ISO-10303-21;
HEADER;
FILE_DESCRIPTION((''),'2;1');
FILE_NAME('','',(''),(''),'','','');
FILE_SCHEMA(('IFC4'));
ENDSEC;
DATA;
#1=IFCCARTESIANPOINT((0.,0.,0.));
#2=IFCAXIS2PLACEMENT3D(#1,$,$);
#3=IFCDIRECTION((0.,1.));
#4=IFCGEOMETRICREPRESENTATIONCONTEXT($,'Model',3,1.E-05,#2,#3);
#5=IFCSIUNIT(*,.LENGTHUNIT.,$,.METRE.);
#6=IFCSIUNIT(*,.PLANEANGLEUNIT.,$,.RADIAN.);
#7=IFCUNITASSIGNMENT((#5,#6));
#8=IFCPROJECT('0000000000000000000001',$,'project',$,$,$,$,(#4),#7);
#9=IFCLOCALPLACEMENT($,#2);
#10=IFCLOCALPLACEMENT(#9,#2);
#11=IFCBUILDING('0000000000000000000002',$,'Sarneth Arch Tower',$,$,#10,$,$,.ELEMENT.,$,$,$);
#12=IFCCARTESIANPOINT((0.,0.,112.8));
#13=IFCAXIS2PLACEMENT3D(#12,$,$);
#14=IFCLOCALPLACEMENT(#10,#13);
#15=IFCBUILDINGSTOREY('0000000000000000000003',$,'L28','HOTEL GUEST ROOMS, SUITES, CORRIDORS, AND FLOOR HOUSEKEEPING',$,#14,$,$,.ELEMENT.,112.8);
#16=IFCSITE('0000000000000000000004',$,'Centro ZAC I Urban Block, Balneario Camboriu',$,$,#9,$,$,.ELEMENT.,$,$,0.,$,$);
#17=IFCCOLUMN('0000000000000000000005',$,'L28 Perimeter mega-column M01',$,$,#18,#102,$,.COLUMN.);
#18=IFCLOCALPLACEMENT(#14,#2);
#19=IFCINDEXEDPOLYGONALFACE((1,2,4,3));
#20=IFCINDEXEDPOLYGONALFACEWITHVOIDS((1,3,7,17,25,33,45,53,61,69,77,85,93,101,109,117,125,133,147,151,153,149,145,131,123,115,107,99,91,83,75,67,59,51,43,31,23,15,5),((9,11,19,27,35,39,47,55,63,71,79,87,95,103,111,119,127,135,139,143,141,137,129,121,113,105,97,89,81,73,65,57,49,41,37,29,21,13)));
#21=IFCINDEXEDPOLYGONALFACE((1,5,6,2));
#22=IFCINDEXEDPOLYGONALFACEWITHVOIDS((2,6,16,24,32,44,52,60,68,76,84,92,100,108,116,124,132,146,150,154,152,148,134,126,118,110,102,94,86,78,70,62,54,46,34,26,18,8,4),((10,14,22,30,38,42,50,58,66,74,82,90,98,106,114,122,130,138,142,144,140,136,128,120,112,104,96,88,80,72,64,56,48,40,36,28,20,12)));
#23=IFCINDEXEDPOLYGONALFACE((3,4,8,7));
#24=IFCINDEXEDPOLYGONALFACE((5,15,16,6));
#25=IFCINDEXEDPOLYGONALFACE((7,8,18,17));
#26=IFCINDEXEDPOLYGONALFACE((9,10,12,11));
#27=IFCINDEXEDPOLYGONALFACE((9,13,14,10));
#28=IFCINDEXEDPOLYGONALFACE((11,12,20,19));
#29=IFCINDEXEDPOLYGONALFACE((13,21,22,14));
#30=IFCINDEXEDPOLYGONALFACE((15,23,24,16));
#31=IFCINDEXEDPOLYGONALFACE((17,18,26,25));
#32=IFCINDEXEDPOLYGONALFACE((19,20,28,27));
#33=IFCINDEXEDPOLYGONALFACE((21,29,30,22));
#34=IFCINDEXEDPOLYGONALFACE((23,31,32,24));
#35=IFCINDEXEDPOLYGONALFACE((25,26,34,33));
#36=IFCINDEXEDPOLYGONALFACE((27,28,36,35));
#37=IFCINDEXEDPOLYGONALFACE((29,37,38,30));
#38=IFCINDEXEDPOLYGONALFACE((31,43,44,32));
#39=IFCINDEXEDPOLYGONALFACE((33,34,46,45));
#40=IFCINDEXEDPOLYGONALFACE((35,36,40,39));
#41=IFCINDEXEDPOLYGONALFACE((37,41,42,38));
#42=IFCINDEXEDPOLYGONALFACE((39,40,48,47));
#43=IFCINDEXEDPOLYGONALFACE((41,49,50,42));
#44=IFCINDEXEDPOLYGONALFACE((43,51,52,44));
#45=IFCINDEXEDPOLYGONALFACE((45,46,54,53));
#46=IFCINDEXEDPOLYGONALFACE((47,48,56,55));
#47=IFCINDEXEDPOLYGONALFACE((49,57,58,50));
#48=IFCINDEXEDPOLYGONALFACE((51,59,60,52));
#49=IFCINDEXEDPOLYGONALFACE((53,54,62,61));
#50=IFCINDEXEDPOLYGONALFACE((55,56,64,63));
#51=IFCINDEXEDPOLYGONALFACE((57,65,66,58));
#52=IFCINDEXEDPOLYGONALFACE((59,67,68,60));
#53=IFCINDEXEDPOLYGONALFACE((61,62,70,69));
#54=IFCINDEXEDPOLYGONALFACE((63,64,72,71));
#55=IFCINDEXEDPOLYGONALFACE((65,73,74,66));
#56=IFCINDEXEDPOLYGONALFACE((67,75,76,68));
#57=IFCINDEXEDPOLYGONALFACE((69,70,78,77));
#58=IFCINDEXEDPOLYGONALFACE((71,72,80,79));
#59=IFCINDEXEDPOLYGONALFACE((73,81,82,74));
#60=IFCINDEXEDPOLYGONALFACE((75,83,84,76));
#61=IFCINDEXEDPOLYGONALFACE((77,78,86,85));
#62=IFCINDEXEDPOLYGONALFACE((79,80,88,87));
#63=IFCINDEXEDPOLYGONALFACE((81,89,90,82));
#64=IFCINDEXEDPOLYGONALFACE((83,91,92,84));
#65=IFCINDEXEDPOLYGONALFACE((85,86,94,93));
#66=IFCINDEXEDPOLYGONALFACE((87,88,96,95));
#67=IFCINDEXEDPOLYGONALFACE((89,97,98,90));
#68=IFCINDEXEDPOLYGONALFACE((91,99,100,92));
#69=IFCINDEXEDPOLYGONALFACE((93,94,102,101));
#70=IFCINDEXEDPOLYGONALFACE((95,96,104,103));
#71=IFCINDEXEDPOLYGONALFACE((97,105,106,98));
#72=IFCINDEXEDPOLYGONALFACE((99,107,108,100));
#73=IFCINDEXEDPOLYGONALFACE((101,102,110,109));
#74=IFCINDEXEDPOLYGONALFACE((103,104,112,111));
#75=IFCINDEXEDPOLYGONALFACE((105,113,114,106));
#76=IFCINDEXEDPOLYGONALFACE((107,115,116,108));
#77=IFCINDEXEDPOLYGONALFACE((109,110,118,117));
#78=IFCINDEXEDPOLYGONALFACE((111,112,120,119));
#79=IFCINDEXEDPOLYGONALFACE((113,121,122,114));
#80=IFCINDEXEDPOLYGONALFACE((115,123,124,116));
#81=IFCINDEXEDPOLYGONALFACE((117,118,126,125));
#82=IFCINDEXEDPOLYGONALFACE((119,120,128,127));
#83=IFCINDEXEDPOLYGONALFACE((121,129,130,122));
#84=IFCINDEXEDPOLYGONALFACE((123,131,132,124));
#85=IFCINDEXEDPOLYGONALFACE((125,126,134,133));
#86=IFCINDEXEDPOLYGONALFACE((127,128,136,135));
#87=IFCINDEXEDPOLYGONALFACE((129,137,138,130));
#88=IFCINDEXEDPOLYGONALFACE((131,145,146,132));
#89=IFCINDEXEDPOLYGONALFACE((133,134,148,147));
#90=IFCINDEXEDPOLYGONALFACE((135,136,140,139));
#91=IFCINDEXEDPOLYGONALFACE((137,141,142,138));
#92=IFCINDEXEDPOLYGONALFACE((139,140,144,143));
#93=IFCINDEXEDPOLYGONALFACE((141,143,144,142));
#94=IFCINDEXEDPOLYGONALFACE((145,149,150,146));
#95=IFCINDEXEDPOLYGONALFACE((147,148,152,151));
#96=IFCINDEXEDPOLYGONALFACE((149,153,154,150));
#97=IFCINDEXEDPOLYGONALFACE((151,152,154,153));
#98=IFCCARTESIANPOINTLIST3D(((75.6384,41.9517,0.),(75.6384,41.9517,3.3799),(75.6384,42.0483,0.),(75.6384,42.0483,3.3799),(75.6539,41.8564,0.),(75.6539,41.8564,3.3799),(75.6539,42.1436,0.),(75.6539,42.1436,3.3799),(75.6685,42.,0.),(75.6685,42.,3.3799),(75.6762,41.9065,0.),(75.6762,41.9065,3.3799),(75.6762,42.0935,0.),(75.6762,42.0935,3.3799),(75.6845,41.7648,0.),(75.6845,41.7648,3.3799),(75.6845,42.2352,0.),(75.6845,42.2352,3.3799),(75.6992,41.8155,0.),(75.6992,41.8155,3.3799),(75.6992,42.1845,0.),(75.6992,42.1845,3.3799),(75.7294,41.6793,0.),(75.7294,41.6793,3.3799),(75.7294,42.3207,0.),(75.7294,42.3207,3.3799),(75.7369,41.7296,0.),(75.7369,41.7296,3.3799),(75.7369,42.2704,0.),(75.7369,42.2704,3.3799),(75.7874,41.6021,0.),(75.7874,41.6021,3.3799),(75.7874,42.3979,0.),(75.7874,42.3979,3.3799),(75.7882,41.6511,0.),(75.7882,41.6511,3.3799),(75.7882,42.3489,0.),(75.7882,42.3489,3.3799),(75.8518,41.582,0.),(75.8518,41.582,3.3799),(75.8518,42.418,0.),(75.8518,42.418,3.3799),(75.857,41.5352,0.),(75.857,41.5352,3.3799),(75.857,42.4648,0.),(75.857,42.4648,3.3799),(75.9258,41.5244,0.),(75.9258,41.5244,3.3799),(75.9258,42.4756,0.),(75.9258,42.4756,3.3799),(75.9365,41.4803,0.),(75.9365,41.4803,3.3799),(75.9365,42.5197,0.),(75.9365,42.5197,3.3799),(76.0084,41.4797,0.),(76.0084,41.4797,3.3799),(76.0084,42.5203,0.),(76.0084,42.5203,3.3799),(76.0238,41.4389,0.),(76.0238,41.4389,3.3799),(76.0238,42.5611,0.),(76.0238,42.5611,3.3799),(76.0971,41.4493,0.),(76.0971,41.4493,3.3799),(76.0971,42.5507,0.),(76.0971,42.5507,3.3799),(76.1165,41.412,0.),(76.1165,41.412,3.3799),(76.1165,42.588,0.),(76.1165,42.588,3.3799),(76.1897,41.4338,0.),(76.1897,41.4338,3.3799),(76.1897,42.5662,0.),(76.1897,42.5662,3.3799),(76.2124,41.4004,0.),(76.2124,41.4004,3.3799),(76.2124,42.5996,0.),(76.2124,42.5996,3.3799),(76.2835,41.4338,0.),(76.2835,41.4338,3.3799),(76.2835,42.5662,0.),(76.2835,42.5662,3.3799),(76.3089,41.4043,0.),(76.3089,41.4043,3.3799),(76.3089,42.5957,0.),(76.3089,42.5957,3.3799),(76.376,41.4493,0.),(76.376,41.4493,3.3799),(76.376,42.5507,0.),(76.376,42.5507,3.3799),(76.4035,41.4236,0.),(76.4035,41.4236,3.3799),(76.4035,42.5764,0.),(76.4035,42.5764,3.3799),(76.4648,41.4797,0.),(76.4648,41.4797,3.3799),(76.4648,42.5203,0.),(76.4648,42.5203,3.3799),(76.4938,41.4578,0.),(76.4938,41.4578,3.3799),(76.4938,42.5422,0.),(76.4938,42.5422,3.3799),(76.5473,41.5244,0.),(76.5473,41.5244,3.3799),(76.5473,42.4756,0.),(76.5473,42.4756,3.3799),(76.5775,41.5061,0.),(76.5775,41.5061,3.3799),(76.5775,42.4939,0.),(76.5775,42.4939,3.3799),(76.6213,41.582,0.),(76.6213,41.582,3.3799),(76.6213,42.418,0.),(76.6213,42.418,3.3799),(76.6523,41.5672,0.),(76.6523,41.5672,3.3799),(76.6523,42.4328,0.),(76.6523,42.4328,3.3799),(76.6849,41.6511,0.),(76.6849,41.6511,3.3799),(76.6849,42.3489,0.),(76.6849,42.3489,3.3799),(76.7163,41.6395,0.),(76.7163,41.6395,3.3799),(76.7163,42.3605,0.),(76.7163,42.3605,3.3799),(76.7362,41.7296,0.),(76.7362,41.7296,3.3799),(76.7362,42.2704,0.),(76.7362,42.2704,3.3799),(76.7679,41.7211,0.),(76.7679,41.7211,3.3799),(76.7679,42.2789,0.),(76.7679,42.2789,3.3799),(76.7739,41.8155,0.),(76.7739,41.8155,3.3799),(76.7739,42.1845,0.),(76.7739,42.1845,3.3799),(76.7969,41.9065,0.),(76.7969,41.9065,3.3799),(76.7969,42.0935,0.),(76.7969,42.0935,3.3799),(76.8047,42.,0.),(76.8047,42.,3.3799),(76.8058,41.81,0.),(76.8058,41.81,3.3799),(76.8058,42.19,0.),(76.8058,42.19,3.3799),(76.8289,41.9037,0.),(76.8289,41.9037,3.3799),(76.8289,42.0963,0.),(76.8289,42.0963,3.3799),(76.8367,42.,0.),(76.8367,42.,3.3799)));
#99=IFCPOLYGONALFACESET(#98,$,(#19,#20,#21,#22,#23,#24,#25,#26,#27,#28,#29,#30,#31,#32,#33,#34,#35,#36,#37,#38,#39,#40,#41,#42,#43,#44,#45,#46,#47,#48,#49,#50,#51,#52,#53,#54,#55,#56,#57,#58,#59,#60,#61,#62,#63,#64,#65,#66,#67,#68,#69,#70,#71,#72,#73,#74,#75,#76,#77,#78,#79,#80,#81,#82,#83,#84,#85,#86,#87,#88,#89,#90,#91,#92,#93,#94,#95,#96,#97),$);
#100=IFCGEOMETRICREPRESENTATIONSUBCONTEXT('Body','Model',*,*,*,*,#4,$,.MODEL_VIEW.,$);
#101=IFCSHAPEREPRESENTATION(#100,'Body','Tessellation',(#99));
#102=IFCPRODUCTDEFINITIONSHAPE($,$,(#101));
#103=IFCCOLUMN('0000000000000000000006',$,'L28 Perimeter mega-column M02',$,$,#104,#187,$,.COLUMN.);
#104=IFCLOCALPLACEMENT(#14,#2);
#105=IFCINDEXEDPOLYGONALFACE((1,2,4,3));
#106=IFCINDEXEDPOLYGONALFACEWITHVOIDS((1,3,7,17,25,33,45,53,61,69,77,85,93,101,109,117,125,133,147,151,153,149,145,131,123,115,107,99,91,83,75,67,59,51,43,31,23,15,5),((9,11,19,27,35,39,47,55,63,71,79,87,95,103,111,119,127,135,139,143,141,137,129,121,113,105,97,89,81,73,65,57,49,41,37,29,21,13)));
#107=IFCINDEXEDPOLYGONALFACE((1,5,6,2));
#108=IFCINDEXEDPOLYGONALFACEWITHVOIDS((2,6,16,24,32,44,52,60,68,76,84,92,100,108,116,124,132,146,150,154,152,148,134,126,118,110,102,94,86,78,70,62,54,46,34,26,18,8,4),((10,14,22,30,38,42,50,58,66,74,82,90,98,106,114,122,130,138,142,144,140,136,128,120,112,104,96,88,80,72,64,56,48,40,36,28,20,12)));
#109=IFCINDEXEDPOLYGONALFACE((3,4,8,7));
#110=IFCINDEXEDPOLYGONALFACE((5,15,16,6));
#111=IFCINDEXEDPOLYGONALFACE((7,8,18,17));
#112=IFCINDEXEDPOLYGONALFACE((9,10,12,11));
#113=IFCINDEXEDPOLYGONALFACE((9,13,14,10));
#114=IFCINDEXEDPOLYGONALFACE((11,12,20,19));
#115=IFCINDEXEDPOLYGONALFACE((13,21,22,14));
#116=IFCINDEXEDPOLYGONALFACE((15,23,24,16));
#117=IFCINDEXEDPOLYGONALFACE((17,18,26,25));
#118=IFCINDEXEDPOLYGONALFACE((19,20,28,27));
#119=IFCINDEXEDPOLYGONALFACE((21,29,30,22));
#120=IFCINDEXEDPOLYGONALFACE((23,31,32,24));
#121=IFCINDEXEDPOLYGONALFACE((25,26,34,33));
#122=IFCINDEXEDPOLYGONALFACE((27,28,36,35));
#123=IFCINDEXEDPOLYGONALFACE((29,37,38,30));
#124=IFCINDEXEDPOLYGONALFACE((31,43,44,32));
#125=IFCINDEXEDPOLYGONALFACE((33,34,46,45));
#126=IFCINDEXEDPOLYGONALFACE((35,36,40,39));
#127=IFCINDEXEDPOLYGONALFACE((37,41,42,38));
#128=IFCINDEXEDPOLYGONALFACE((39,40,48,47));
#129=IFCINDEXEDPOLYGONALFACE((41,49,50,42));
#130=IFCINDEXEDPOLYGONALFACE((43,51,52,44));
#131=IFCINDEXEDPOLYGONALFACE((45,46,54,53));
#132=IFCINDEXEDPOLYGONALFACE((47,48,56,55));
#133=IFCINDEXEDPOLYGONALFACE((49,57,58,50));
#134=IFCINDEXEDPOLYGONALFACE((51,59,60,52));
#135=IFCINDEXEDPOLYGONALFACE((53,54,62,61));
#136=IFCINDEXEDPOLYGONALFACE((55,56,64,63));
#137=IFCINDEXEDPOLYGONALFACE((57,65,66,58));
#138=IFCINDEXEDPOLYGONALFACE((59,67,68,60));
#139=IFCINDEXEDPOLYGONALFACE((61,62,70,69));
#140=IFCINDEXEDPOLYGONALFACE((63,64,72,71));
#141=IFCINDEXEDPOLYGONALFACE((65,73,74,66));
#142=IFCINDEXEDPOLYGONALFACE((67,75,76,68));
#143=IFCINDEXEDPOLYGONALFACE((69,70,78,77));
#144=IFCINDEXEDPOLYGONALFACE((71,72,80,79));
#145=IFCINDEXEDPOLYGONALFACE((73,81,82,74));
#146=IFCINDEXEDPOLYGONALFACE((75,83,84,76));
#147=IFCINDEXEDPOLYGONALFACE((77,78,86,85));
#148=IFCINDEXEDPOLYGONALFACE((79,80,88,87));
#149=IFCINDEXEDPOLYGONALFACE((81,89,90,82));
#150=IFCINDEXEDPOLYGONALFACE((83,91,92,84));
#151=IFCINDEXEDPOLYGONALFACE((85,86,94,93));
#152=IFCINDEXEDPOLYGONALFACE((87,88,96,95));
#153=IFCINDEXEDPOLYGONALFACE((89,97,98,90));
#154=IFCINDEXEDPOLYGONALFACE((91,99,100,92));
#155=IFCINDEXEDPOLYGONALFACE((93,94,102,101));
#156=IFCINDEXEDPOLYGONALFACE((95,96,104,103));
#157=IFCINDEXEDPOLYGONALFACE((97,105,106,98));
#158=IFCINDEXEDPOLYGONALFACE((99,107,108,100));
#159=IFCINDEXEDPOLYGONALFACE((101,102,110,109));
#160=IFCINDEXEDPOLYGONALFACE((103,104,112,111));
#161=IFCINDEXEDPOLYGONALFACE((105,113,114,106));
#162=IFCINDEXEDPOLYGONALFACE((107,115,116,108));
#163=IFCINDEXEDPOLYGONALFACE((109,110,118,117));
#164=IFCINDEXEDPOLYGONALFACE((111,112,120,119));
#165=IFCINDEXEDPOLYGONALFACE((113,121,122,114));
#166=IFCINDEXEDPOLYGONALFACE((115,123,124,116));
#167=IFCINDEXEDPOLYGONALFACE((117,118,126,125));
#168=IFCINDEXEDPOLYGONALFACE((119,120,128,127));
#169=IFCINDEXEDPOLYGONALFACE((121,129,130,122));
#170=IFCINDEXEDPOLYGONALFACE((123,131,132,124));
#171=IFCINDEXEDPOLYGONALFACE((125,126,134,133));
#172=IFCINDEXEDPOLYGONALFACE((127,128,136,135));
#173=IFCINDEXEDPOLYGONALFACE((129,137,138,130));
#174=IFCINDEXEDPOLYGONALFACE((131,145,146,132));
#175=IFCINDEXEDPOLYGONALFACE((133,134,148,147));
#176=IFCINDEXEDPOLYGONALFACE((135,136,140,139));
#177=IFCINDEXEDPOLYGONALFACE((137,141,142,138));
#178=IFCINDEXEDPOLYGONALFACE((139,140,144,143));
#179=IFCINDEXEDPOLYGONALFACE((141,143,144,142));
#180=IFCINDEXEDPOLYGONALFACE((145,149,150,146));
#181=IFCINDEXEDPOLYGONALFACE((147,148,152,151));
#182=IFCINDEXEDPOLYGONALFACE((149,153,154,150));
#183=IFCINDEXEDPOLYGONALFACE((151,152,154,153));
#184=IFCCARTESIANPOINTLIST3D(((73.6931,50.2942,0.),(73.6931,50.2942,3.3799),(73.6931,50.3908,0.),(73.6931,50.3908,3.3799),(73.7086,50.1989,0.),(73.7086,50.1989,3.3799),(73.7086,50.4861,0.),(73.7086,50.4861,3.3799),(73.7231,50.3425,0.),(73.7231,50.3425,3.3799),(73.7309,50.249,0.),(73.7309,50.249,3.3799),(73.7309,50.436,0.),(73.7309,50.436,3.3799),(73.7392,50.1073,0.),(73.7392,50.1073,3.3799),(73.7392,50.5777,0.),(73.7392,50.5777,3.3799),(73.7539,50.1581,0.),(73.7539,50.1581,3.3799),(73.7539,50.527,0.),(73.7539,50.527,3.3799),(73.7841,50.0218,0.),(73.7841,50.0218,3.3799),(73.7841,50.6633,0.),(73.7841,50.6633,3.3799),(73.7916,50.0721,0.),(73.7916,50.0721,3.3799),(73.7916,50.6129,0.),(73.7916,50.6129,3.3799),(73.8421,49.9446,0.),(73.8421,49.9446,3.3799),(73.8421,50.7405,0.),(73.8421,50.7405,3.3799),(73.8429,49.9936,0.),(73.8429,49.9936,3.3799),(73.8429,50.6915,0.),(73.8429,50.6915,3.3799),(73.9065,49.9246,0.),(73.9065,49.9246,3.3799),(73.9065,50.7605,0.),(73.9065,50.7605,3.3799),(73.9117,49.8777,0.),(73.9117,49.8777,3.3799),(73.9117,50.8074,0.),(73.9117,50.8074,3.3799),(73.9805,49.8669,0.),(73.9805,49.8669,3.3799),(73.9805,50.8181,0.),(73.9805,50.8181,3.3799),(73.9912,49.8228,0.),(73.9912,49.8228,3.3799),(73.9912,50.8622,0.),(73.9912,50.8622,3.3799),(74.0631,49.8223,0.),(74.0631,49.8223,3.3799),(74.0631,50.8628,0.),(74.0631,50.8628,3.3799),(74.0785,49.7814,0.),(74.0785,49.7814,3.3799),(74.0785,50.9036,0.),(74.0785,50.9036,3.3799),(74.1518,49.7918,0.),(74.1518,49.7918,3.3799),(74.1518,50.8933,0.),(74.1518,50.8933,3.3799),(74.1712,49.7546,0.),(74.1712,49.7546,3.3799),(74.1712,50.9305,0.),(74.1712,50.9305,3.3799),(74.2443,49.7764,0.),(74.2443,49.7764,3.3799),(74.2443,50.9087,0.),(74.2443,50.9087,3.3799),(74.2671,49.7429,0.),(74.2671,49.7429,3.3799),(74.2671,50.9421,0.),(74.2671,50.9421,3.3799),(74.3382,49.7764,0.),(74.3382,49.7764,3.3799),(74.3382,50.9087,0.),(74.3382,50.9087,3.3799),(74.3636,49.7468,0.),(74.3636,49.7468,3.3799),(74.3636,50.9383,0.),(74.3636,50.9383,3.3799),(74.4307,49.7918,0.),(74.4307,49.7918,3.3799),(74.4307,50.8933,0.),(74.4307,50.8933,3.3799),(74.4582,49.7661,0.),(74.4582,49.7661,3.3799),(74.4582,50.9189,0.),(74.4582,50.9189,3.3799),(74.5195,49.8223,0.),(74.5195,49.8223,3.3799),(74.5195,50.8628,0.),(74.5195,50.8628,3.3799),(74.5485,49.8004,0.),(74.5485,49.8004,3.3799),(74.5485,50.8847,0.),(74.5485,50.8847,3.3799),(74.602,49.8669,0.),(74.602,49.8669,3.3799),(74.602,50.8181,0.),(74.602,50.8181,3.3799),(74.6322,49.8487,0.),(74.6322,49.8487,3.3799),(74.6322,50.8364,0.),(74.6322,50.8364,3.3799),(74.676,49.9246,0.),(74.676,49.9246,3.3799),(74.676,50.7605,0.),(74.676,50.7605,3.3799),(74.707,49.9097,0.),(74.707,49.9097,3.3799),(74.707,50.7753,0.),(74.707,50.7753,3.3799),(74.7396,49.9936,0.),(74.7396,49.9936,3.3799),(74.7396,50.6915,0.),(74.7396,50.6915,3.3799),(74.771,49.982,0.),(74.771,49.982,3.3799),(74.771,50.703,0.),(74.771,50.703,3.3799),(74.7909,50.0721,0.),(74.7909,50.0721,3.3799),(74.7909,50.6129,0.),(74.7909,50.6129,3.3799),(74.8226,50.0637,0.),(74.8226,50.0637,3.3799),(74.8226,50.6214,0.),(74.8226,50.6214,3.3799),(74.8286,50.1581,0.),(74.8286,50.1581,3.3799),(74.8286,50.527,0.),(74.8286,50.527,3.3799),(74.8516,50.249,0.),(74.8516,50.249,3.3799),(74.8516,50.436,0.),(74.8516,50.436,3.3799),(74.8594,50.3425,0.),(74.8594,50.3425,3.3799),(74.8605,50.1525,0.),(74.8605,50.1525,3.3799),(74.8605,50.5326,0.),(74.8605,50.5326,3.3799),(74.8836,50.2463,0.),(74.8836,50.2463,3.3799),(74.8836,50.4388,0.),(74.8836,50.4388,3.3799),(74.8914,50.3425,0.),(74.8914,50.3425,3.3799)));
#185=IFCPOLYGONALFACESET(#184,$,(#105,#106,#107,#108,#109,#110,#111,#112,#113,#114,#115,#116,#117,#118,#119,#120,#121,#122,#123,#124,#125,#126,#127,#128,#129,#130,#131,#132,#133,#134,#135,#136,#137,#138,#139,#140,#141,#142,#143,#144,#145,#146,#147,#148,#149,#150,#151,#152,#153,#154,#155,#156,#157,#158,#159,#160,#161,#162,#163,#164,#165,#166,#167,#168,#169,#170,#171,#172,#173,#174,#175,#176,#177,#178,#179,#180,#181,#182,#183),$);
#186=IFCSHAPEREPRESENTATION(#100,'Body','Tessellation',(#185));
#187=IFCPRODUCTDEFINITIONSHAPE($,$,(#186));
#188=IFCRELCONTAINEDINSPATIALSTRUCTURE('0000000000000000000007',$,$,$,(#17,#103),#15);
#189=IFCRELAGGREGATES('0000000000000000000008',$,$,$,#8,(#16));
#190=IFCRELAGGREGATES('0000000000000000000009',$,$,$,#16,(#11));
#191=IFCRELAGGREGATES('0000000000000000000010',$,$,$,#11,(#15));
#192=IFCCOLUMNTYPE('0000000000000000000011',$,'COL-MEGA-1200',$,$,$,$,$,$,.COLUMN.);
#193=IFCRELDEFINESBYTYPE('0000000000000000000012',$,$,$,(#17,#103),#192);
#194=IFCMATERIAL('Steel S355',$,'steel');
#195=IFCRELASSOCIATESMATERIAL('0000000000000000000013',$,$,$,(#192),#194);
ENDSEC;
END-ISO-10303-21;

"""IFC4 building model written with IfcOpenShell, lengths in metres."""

from ifc_helpers import new_model, si_unit, direction, frame, origin, origin_2d, place, context, subcontext, project, spatial, hollow_circle, extrude, material, material_profile, profile_set, type_object, element, save


model = new_model("IFC4")

# Units and contexts
model_context = context("Model", 3, precision=1e-05, world=origin(), true_north=direction((0.0, 1.0)))
body_context = subcontext(model_context, "Body", "Model", "MODEL_VIEW")
ifc_project = project(units=[si_unit("LENGTHUNIT", "METRE"), si_unit("PLANEANGLEUNIT", "RADIAN")], contexts=[model_context])

# Site, building, storey
site_placement = place(None, origin())
site = spatial("IfcSite", under=ifc_project, at=site_placement, Name="Centro ZAC I Urban Block, Balneario Camboriu", CompositionType="ELEMENT", RefElevation=0.0)
building_placement = place(site_placement, origin())
building = spatial("IfcBuilding", under=site, at=building_placement, Name="Sarneth Arch Tower", CompositionType="ELEMENT")
storey_placement = place(building_placement, frame((0.0, 0.0, 112.8)))
storey = spatial("IfcBuildingStorey", under=building, at=storey_placement, Name="L28", Description="HOTEL GUEST ROOMS, SUITES, CORRIDORS, AND FLOOR HOUSEKEEPING", CompositionType="ELEMENT", Elevation=112.8)

# Columns
ifc_material_1 = material(Name="Steel S355", Category="steel")
ifc_material_profile_1 = material_profile(ifc_material_1, hollow_circle(Radius=0.6001, WallThickness=0.032, at=origin_2d()), Name="CHS1200x32")
ifc_profile_set_1 = profile_set([ifc_material_profile_1], Name="Steel S355")
column_type = type_object("IfcColumnType", Name="COL-MEGA-1200", PredefinedType="COLUMN", material=ifc_profile_set_1)
for number, where, z_axis, x_axis, name in (
    (1, (76.2366, 42.0, 0.0), (0.0, 0.0, 1.0), (1.0, 0.0, 0.0), "L28 Perimeter mega-column M01"),
    (2, (74.2913, 50.3425, 0.0), (0.0, 0.0, 1.0), (1.0, 0.0, 0.0), "L28 Perimeter mega-column M02"),
):
    element("IfcColumn", number, at=place(storey_placement, frame(where, z_axis=z_axis, x_axis=x_axis)), inside=storey, type_object=column_type, Name=name, PredefinedType="COLUMN", context=body_context, shape_type="SweptSolid", body=[
        extrude(hollow_circle(Radius=0.6001, WallThickness=0.032, at=origin_2d()), origin(), (0.0, 0.0, 1.0), 3.3799),
    ])

save(model, "model.ifc")
